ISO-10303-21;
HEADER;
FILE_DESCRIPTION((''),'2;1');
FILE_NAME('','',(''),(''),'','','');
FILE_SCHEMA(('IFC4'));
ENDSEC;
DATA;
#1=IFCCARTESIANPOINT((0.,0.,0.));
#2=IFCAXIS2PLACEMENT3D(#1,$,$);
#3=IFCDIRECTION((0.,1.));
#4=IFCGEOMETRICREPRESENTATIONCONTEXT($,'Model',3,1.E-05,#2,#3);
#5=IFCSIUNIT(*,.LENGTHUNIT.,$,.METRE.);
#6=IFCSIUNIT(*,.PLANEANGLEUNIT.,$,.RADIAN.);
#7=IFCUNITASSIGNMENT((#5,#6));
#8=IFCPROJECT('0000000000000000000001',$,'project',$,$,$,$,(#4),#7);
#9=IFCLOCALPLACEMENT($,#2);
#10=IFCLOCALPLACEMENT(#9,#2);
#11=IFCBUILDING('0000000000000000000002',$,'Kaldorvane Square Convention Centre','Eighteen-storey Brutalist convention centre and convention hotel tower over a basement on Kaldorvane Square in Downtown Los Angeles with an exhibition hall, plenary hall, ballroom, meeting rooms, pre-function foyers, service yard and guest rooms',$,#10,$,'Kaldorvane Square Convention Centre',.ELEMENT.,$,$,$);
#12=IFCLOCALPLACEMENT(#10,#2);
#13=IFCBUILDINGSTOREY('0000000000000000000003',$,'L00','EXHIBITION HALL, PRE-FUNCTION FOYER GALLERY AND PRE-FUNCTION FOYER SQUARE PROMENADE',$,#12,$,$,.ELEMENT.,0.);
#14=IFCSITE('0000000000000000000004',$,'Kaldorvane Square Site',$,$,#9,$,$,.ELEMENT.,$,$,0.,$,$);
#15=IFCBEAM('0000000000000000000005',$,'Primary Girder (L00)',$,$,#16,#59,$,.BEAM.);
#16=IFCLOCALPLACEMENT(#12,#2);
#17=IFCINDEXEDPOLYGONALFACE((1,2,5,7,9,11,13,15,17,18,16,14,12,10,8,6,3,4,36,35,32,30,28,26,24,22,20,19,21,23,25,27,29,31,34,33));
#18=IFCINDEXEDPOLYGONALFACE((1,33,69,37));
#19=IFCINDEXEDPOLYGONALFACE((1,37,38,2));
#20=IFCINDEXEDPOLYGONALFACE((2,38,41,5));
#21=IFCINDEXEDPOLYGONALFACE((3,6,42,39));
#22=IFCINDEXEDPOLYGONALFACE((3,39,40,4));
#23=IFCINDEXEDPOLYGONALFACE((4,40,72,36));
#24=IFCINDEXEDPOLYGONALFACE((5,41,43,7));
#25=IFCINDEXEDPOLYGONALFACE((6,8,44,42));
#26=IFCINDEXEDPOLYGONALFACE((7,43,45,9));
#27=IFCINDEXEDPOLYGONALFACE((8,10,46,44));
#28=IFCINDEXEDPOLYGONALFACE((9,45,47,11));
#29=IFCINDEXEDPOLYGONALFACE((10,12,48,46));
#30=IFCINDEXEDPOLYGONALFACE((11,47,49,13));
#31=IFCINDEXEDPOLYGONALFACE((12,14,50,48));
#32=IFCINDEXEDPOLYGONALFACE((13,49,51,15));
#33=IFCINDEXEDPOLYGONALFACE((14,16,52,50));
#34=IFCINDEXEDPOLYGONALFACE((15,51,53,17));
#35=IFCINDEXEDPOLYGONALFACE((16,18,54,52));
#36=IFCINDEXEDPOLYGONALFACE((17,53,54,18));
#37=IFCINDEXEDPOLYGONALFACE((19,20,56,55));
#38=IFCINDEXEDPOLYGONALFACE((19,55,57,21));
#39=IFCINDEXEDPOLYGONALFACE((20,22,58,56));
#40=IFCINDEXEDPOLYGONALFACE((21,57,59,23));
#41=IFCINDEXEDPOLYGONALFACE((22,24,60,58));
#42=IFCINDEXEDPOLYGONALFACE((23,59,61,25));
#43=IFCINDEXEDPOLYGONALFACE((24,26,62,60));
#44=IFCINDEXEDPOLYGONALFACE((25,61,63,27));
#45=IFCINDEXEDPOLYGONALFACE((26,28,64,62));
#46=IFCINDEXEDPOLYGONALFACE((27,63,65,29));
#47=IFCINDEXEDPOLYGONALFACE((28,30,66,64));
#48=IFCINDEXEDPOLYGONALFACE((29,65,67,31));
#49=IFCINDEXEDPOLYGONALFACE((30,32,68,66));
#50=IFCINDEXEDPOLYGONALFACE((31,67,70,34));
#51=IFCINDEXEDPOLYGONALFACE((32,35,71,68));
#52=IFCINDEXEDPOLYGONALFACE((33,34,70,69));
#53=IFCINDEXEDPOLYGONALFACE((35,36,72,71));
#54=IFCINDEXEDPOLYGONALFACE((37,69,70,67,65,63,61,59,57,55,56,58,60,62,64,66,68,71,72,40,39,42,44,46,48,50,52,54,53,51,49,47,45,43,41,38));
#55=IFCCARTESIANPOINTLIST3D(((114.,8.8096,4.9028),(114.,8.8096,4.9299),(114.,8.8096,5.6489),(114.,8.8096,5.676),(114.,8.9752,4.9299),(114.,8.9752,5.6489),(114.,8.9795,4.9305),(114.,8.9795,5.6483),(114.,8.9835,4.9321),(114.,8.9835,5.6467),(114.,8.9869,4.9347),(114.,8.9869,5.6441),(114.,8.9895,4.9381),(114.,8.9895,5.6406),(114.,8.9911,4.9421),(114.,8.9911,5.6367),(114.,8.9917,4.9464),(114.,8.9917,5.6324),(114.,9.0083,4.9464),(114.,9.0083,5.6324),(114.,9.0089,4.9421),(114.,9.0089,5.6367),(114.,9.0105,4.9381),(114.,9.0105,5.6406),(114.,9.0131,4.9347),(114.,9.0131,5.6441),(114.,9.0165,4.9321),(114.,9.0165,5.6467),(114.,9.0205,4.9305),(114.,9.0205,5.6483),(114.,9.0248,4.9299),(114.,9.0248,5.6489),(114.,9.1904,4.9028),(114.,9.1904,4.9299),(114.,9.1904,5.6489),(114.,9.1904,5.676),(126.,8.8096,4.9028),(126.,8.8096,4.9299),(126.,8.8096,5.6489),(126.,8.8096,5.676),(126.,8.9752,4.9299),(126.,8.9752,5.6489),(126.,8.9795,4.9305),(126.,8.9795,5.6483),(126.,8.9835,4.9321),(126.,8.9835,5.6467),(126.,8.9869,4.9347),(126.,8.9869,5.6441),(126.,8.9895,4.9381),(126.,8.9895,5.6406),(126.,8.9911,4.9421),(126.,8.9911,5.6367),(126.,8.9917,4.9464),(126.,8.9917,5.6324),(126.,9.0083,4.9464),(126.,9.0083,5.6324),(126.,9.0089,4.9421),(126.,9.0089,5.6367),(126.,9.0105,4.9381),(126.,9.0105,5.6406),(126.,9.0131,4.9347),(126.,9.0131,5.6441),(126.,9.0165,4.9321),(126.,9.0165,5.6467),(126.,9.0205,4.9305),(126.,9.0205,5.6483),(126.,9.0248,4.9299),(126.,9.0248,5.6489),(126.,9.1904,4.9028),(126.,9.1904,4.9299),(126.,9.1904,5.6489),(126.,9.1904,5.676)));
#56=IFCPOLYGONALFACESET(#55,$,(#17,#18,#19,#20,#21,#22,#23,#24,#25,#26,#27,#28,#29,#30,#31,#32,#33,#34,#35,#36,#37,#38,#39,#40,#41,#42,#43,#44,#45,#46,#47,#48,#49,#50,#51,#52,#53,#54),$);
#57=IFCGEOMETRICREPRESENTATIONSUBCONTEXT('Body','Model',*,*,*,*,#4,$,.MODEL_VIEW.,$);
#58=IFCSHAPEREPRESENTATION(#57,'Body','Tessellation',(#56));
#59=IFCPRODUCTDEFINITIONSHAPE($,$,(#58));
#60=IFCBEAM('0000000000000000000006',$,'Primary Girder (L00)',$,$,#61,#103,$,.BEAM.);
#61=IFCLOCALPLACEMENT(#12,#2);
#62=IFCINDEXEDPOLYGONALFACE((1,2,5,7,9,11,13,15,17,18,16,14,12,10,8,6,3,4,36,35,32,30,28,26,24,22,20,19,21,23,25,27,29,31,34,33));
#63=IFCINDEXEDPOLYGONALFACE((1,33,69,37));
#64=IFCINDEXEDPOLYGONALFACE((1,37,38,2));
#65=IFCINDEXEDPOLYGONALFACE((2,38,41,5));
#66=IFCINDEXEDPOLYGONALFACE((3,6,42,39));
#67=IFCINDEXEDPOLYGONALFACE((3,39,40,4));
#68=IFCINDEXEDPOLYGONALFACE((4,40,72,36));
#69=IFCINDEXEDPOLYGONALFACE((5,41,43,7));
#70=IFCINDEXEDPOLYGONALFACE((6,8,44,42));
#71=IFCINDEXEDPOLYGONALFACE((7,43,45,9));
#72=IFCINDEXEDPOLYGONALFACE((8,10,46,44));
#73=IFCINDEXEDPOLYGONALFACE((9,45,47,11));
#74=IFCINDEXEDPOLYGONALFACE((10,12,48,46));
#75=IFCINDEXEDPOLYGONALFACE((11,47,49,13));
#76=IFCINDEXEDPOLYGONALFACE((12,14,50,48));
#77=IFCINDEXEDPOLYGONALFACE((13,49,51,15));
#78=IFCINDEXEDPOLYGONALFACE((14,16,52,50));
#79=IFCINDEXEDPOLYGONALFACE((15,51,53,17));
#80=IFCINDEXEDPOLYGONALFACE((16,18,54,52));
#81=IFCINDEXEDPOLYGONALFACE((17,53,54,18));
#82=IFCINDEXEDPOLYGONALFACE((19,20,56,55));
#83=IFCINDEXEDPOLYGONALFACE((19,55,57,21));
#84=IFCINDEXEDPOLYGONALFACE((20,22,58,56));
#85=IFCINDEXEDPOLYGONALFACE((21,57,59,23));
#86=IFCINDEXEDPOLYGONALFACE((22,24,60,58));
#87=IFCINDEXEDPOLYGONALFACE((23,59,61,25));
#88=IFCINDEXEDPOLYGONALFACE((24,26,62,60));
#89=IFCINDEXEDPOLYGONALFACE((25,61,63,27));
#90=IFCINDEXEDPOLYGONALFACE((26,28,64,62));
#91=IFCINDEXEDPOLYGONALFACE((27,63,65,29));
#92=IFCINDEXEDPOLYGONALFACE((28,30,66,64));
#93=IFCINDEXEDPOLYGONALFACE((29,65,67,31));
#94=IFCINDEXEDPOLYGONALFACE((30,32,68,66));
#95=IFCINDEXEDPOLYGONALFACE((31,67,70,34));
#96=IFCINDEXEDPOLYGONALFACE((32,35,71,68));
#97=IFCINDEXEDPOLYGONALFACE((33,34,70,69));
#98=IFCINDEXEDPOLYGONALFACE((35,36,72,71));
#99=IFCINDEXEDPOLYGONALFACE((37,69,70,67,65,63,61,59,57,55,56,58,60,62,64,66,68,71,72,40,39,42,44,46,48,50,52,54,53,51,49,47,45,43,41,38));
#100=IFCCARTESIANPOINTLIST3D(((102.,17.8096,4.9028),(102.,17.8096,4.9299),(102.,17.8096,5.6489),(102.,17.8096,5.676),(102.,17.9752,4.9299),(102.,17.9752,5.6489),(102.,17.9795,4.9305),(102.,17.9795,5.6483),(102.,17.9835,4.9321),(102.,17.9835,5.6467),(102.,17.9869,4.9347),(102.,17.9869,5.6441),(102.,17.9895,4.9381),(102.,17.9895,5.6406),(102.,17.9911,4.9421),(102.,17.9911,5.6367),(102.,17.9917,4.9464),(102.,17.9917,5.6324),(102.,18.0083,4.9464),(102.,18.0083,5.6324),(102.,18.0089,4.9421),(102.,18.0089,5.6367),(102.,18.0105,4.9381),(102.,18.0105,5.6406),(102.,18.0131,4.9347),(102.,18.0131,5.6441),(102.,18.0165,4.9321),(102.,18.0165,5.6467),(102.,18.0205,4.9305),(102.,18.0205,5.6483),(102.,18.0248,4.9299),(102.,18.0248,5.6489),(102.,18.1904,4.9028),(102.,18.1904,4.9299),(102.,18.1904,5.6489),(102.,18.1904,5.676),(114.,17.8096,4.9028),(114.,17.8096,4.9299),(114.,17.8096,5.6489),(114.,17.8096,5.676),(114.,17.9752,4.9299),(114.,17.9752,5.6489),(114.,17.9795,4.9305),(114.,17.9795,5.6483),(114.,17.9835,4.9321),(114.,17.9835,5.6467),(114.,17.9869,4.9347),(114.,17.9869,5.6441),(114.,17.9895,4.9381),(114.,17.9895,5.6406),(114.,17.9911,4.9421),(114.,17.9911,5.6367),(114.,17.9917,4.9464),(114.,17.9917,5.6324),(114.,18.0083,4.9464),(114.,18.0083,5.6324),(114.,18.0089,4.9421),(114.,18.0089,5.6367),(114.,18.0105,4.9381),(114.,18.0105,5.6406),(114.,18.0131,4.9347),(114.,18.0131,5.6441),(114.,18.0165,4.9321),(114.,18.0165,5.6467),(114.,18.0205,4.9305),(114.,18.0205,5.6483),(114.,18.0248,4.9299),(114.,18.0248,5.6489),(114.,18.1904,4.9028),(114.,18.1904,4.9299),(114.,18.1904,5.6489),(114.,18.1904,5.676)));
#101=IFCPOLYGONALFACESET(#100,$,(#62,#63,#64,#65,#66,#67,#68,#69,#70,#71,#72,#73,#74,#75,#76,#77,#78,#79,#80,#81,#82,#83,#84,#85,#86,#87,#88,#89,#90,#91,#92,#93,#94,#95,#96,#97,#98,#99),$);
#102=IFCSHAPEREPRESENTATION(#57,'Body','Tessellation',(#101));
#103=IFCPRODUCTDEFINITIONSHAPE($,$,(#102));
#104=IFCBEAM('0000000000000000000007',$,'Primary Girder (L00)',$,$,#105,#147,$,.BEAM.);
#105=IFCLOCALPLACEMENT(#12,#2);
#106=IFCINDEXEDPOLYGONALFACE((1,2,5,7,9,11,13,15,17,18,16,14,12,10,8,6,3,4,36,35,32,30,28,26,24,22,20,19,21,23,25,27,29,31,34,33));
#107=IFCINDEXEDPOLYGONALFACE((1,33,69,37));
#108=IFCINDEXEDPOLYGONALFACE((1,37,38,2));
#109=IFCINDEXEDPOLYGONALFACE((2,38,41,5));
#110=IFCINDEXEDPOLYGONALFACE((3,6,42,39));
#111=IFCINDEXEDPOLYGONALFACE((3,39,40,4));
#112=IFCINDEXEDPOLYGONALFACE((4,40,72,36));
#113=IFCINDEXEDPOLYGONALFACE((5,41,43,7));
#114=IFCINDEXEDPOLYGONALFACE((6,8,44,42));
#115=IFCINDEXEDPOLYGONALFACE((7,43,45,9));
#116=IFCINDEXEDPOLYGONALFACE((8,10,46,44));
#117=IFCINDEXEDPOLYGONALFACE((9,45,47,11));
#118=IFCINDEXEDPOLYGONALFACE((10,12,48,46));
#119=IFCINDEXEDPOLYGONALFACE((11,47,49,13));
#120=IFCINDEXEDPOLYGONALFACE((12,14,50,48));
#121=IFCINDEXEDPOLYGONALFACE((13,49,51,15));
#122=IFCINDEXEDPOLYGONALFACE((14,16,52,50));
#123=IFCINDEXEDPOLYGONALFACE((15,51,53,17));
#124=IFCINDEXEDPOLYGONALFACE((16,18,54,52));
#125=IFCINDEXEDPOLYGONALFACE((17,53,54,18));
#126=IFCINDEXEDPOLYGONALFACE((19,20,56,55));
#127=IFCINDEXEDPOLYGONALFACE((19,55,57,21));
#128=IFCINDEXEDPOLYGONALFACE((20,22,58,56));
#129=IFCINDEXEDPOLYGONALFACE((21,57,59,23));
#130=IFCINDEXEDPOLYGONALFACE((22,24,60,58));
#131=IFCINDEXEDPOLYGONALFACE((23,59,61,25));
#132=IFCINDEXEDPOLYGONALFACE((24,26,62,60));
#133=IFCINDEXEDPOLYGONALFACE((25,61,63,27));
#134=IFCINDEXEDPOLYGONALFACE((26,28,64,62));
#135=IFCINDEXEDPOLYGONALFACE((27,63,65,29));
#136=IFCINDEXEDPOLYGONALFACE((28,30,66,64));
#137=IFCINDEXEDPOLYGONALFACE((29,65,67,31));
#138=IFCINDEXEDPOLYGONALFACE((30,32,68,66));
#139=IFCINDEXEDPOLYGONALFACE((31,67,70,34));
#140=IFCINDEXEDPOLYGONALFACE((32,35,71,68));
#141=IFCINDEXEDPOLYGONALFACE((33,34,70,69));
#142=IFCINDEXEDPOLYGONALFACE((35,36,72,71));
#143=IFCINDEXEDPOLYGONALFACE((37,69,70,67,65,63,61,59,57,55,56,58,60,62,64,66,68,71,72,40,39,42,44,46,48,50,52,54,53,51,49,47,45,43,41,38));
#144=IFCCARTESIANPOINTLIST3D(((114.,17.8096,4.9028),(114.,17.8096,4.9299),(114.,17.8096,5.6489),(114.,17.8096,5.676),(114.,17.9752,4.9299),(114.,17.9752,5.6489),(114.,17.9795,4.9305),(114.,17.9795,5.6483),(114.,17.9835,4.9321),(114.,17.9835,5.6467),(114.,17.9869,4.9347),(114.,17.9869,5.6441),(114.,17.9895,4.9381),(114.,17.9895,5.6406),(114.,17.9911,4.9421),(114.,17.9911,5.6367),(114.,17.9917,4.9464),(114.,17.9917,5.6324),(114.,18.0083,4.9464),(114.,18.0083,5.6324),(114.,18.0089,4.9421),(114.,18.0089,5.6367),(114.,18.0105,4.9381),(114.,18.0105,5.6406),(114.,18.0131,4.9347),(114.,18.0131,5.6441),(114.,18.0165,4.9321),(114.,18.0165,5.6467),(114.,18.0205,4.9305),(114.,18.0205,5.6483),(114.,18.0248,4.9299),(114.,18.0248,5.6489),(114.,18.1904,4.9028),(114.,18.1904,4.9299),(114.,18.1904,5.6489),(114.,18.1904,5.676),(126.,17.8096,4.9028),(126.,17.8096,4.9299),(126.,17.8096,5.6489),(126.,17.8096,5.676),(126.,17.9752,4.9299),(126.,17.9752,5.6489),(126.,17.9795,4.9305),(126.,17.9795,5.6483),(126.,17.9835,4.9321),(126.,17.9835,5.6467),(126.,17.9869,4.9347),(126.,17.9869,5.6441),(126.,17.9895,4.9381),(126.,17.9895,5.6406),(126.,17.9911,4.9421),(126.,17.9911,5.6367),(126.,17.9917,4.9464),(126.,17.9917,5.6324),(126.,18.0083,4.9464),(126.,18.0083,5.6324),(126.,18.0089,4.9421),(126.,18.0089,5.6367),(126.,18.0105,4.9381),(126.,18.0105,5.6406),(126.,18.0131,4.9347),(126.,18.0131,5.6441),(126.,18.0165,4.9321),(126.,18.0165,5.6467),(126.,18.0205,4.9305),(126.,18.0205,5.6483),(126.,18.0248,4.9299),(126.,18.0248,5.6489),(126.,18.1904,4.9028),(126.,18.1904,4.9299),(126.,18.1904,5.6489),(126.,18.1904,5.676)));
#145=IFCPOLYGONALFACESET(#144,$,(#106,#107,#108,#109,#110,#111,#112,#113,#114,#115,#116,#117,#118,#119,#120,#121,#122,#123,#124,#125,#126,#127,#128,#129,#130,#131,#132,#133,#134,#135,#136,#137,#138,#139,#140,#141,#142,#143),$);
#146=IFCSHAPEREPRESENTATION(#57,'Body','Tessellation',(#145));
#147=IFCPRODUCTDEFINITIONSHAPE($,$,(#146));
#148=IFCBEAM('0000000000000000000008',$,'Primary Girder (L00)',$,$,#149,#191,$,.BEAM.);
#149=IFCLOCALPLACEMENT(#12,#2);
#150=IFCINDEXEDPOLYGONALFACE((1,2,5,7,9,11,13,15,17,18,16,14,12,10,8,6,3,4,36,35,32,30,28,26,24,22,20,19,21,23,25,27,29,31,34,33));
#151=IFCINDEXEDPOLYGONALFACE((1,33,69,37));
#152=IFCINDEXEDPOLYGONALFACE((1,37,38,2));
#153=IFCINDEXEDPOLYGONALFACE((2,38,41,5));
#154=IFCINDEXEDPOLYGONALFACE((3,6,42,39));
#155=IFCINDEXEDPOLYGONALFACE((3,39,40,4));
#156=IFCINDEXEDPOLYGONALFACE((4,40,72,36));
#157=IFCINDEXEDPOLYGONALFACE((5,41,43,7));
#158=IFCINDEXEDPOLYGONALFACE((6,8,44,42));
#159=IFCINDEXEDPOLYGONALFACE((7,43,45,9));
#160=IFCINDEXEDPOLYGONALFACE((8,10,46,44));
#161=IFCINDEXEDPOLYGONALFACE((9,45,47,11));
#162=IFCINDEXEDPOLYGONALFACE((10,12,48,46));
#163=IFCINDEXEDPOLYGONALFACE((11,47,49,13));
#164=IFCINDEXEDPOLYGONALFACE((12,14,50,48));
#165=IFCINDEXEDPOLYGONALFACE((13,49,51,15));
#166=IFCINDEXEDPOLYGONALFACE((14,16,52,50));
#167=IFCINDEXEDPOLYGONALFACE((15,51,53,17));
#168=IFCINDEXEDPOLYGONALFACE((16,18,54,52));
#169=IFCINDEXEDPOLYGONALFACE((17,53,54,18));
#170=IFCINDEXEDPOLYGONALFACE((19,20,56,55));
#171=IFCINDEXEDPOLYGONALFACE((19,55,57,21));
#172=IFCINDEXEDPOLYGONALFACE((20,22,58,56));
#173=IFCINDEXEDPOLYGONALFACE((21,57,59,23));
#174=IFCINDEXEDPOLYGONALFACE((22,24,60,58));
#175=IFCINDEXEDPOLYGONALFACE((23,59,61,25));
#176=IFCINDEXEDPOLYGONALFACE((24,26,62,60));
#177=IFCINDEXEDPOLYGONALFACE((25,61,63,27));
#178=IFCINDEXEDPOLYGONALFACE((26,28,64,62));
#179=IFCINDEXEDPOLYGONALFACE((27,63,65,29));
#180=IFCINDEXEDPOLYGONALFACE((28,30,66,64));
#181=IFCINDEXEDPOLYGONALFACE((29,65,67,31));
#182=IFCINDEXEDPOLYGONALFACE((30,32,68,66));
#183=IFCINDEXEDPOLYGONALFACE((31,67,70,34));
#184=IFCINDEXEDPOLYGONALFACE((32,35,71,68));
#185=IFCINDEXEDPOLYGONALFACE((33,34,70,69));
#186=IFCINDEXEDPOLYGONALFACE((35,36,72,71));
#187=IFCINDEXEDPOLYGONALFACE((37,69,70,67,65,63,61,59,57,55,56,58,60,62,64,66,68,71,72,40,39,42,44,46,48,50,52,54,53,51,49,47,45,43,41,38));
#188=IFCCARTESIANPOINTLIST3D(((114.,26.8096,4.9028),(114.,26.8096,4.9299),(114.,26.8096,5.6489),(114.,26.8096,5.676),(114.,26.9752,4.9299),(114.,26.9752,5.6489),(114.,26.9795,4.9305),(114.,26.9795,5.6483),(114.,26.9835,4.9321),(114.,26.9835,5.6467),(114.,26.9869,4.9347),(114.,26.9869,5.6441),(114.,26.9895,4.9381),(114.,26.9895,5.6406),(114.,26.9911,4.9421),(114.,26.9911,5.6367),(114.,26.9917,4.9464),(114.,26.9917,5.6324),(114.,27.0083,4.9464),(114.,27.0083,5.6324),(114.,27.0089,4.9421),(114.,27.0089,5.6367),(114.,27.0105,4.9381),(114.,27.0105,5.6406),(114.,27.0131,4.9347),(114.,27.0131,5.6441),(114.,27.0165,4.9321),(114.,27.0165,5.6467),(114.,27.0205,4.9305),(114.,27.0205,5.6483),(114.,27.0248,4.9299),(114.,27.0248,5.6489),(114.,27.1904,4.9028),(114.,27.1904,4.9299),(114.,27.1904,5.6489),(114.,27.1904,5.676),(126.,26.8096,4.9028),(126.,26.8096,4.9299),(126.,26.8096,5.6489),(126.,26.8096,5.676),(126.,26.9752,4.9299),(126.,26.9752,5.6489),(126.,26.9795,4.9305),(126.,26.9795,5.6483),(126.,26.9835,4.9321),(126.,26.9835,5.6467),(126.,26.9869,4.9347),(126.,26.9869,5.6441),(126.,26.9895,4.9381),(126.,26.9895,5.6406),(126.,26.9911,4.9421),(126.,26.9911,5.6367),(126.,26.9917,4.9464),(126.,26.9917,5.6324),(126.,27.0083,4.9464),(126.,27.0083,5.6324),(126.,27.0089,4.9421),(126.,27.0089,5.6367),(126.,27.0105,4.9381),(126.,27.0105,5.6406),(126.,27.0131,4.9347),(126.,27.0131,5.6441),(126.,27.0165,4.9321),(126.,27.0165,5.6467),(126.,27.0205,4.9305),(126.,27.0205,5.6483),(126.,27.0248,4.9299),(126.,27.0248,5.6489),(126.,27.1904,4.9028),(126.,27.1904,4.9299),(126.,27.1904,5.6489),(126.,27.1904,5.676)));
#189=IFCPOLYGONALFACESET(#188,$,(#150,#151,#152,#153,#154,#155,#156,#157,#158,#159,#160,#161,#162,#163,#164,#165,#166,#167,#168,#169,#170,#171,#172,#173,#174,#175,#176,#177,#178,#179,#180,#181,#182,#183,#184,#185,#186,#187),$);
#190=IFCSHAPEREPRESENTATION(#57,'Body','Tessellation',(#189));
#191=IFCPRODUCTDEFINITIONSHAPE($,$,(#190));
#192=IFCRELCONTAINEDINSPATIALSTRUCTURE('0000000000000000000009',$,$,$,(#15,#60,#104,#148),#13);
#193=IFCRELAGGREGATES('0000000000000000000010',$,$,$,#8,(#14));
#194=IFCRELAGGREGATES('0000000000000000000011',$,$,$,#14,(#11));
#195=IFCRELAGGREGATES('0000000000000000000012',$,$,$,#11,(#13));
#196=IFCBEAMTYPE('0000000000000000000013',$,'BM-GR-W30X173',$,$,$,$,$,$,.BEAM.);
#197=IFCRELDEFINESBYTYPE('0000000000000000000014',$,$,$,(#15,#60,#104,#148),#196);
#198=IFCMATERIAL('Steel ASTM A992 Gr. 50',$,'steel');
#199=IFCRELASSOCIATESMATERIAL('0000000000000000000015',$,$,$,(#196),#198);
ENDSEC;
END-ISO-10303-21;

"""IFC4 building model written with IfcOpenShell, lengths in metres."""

from ifc_helpers import new_model, si_unit, direction, frame, origin, origin_2d, place, context, subcontext, project, spatial, i_section, extrude, material, material_profile, profile_set, type_object, element, save


model = new_model("IFC4")

# Units and contexts
model_context = context("Model", 3, precision=1e-05, world=origin(), true_north=direction((0.0, 1.0)))
body_context = subcontext(model_context, "Body", "Model", "MODEL_VIEW")
ifc_project = project(units=[si_unit("LENGTHUNIT", "METRE"), si_unit("PLANEANGLEUNIT", "RADIAN")], contexts=[model_context])

# Site, building, storey
site_placement = place(None, origin())
site = spatial("IfcSite", under=ifc_project, at=site_placement, Name="Kaldorvane Square Site", CompositionType="ELEMENT", RefElevation=0.0)
building_placement = place(site_placement, origin())
building = spatial("IfcBuilding", under=site, at=building_placement, Name="Kaldorvane Square Convention Centre", Description="Eighteen-storey Brutalist convention centre and convention hotel tower over a basement on Kaldorvane Square in Downtown Los Angeles with an exhibition hall, plenary hall, ballroom, meeting rooms, pre-function foyers, service yard and guest rooms", LongName="Kaldorvane Square Convention Centre", CompositionType="ELEMENT")
storey_placement = place(building_placement, origin())
storey = spatial("IfcBuildingStorey", under=building, at=storey_placement, Name="L00", Description="EXHIBITION HALL, PRE-FUNCTION FOYER GALLERY AND PRE-FUNCTION FOYER SQUARE PROMENADE", CompositionType="ELEMENT", Elevation=0.0)

# Shared definitions
ifc_material_1 = material(Name="Steel ASTM A992 Gr. 50", Category="steel")

# Beams
ifc_material_profile_1 = material_profile(ifc_material_1, i_section(OverallWidth=0.3807, OverallDepth=0.7732, WebThickness=0.0166, FlangeThickness=0.0271, FilletRadius=0.0165, at=origin_2d()), Name="W30X173")
ifc_profile_set_1 = profile_set([ifc_material_profile_1], Name="Steel ASTM A992 Gr. 50")
beam_type_1 = type_object("IfcBeamType", Name="BM-GR-W30X173", PredefinedType="BEAM", material=ifc_profile_set_1)
for number, where, z_axis, x_axis, name in (
    (1, (114.0, 9.0, 5.2894), (1.0, 0.0, 0.0), (0.0, 1.0, 0.0), "Primary Girder (L00)"),
    (2, (102.0, 18.0, 5.2894), (1.0, 0.0, 0.0), (0.0, 1.0, 0.0), "Primary Girder (L00)"),
    (3, (114.0, 18.0, 5.2894), (1.0, 0.0, 0.0), (0.0, 1.0, 0.0), "Primary Girder (L00)"),
    (4, (114.0, 27.0, 5.2894), (1.0, 0.0, 0.0), (0.0, 1.0, 0.0), "Primary Girder (L00)"),
):
    element("IfcBeam", number, at=place(storey_placement, frame(where, z_axis=z_axis, x_axis=x_axis)), inside=storey, type_object=beam_type_1, Name=name, PredefinedType="BEAM", context=body_context, shape_type="SweptSolid", body=[
        extrude(i_section(OverallWidth=0.3807, OverallDepth=0.7732, WebThickness=0.0166, FlangeThickness=0.0271, FilletRadius=0.0165, at=origin_2d()), origin(), (0.0, 0.0, 1.0), 12.0),
    ])

save(model, "model.ifc")
